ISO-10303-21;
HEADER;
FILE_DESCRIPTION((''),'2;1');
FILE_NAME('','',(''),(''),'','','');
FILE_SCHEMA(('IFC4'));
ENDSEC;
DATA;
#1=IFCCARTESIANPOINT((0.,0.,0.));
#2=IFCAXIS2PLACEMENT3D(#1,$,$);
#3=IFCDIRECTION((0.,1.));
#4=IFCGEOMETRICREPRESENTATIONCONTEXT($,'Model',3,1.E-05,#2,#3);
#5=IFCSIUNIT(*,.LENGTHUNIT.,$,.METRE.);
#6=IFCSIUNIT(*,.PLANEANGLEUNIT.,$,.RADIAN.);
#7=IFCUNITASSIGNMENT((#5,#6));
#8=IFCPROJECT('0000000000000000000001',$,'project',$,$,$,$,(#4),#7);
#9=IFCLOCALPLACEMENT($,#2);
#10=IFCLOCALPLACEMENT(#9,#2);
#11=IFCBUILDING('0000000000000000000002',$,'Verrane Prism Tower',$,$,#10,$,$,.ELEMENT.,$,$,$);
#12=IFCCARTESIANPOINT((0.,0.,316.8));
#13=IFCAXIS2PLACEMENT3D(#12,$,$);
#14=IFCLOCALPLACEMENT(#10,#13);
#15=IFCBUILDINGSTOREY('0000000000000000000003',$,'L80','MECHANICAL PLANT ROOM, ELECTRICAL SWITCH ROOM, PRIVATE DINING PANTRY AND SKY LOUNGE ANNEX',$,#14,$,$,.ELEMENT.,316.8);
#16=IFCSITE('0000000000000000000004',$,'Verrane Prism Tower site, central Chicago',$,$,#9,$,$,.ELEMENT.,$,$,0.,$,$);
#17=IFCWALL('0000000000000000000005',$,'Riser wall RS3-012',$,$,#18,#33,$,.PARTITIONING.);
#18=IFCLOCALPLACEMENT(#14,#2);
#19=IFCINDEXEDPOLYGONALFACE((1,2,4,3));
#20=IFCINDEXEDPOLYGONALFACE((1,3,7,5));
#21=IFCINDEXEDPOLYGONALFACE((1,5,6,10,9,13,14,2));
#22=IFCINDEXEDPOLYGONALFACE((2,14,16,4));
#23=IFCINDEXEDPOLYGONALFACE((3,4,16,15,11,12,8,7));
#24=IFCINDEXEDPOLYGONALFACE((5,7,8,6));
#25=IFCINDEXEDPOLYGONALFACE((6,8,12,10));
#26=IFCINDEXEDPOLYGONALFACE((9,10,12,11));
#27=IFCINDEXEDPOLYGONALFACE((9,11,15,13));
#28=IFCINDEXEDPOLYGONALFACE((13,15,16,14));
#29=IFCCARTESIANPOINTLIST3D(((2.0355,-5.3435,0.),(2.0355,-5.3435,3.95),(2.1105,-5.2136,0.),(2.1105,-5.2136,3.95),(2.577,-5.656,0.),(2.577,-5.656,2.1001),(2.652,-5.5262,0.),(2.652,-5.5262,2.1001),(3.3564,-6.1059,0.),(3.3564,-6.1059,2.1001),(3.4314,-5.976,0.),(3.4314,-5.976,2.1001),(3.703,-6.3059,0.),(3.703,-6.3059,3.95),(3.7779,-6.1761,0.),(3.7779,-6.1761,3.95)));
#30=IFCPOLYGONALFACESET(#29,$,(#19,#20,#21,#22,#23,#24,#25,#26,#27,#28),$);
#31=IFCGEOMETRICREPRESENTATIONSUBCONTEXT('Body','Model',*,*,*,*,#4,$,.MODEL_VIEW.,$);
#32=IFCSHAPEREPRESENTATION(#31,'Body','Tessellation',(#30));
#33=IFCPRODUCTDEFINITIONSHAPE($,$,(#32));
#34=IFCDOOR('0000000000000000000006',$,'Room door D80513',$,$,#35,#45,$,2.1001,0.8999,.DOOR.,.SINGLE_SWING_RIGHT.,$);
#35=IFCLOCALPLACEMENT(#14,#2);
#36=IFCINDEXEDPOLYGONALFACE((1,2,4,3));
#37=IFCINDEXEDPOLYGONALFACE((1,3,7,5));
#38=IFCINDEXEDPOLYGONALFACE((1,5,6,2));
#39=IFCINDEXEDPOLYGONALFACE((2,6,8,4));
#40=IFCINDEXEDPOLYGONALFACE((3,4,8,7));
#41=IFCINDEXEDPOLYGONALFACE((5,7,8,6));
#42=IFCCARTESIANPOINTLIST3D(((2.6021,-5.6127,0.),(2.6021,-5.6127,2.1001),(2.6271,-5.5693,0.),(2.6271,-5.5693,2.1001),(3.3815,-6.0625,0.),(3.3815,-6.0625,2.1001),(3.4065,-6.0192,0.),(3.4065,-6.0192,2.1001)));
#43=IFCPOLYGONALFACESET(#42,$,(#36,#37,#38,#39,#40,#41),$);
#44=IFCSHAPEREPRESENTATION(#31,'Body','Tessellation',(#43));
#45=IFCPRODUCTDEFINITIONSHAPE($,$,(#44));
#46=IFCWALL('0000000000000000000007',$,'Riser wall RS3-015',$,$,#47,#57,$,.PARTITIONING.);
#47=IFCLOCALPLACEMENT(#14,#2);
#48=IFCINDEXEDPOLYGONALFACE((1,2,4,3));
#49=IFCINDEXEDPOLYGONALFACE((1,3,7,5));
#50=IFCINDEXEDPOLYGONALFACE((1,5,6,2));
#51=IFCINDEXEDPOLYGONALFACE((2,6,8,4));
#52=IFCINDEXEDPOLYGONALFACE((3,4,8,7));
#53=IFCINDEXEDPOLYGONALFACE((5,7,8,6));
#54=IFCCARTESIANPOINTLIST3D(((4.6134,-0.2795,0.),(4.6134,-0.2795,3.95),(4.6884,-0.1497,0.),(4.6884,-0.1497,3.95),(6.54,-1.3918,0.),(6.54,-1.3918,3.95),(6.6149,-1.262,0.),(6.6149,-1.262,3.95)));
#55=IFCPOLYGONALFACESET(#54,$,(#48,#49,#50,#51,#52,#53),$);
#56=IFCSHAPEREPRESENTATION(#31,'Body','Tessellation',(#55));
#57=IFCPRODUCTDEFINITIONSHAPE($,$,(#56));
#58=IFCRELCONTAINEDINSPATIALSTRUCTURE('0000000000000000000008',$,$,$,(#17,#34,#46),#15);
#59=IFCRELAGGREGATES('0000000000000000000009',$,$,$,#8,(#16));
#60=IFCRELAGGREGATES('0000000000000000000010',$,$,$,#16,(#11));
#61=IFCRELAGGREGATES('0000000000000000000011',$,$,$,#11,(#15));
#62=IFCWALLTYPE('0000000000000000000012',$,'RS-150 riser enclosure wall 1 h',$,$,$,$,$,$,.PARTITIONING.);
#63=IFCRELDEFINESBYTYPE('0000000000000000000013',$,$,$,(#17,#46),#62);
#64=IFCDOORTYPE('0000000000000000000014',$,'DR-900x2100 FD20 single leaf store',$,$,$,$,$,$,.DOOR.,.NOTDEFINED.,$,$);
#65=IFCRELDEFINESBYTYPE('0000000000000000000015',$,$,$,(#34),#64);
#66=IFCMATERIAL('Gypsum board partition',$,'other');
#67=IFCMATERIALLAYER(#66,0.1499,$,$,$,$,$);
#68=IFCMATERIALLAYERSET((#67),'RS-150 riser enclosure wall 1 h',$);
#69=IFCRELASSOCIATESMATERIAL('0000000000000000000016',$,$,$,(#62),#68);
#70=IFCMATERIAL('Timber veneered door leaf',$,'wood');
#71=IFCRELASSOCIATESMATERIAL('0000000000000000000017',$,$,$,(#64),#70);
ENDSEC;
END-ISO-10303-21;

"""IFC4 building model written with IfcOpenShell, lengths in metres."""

from ifc_helpers import new_model, si_unit, direction, frame, frame_2d, origin, place, context, subcontext, project, spatial, rectangle, extrude, material, layer, layer_set, type_object, element, fill, save


model = new_model("IFC4")

# Units and contexts
model_context = context("Model", 3, precision=1e-05, world=origin(), true_north=direction((0.0, 1.0)))
body_context = subcontext(model_context, "Body", "Model", "MODEL_VIEW")
ifc_project = project(units=[si_unit("LENGTHUNIT", "METRE"), si_unit("PLANEANGLEUNIT", "RADIAN")], contexts=[model_context])

# Site, building, storey
site_placement = place(None, origin())
site = spatial("IfcSite", under=ifc_project, at=site_placement, Name="Verrane Prism Tower site, central Chicago", CompositionType="ELEMENT", RefElevation=0.0)
building_placement = place(site_placement, origin())
building = spatial("IfcBuilding", under=site, at=building_placement, Name="Verrane Prism Tower", CompositionType="ELEMENT")
storey_placement = place(building_placement, frame((0.0, 0.0, 316.8)))
storey = spatial("IfcBuildingStorey", under=building, at=storey_placement, Name="L80", Description="MECHANICAL PLANT ROOM, ELECTRICAL SWITCH ROOM, PRIVATE DINING PANTRY AND SKY LOUNGE ANNEX", CompositionType="ELEMENT", Elevation=316.8)

# Wall, opening, door
ifc_material_1 = material(Name="Gypsum board partition", Category="other")
ifc_layer_1 = layer(ifc_material_1, 0.1499)
ifc_layer_set_1 = layer_set([ifc_layer_1], Name="RS-150 riser enclosure wall 1 h")
wall_type_1 = type_object("IfcWallType", Name="RS-150 riser enclosure wall 1 h", PredefinedType="PARTITIONING", material=ifc_layer_set_1)
wall_1_placement = place(storey_placement, frame((3.7405, -6.241, 0.0), z_axis=(0.0, 0.0, 1.0), x_axis=(-0.866097, 0.499876, 0.0)))
wall_1 = element("IfcWall", 1, at=wall_1_placement, inside=storey, type_object=wall_type_1, Name="Riser wall RS3-012", PredefinedType="PARTITIONING", context=body_context, shape_type="SweptSolid", body=[
    extrude(rectangle(XDim=1.9253, YDim=0.1499, at=frame_2d((0.9626, 0.0))), origin(), (0.0, 0.0, 1.0), 3.95),
])
opening_placement = place(wall_1_placement, frame((0.4001, 0.0, 0.0)))
opening = element("IfcOpeningElement", 2, at=opening_placement, cuts=wall_1, PredefinedType="OPENING", context=body_context, shape_type="SweptSolid", body=[
    extrude(rectangle(XDim=0.8999, YDim=2.1001, at=frame_2d((0.45, 1.05))), frame((0.0, 0.085, 0.0), z_axis=(0.0, -1.0, 0.0), x_axis=(1.0, 0.0, 0.0)), (0.0, 0.0, 1.0), 0.1699),
])
ifc_material_2 = material(Name="Timber veneered door leaf", Category="wood")
door_type = type_object("IfcDoorType", Name="DR-900x2100 FD20 single leaf store", OperationType="NOTDEFINED", PredefinedType="DOOR", material=ifc_material_2)
door_placement = place(opening_placement, origin())
door = element("IfcDoor", 3, at=door_placement, inside=storey, type_object=door_type, Name="Room door D80513", OperationType="SINGLE_SWING_RIGHT", OverallHeight=2.1001, OverallWidth=0.8999, PredefinedType="DOOR", context=body_context, shape_type="SweptSolid", body=[
    extrude(rectangle(XDim=0.8999, YDim=2.1001, at=frame_2d((0.45, 1.05))), frame((0.0, 0.0249, 0.0), z_axis=(0.0, -1.0, 0.0), x_axis=(1.0, 0.0, 0.0)), (0.0, 0.0, 1.0), 0.05),
])
fill(opening, door)

# Wall
wall_2_placement = place(storey_placement, frame((4.6509, -0.2146, 0.0), z_axis=(0.0, 0.0, 1.0), x_axis=(0.866019, -0.500011, 0.0)))
element("IfcWall", 4, at=wall_2_placement, inside=storey, type_object=wall_type_1, Name="Riser wall RS3-015", PredefinedType="PARTITIONING", context=body_context, shape_type="SweptSolid", body=[
    extrude(rectangle(XDim=2.2246, YDim=0.1499, at=frame_2d((1.1123, 0.0))), origin(), (0.0, 0.0, 1.0), 3.95),
])

save(model, "model.ifc")
